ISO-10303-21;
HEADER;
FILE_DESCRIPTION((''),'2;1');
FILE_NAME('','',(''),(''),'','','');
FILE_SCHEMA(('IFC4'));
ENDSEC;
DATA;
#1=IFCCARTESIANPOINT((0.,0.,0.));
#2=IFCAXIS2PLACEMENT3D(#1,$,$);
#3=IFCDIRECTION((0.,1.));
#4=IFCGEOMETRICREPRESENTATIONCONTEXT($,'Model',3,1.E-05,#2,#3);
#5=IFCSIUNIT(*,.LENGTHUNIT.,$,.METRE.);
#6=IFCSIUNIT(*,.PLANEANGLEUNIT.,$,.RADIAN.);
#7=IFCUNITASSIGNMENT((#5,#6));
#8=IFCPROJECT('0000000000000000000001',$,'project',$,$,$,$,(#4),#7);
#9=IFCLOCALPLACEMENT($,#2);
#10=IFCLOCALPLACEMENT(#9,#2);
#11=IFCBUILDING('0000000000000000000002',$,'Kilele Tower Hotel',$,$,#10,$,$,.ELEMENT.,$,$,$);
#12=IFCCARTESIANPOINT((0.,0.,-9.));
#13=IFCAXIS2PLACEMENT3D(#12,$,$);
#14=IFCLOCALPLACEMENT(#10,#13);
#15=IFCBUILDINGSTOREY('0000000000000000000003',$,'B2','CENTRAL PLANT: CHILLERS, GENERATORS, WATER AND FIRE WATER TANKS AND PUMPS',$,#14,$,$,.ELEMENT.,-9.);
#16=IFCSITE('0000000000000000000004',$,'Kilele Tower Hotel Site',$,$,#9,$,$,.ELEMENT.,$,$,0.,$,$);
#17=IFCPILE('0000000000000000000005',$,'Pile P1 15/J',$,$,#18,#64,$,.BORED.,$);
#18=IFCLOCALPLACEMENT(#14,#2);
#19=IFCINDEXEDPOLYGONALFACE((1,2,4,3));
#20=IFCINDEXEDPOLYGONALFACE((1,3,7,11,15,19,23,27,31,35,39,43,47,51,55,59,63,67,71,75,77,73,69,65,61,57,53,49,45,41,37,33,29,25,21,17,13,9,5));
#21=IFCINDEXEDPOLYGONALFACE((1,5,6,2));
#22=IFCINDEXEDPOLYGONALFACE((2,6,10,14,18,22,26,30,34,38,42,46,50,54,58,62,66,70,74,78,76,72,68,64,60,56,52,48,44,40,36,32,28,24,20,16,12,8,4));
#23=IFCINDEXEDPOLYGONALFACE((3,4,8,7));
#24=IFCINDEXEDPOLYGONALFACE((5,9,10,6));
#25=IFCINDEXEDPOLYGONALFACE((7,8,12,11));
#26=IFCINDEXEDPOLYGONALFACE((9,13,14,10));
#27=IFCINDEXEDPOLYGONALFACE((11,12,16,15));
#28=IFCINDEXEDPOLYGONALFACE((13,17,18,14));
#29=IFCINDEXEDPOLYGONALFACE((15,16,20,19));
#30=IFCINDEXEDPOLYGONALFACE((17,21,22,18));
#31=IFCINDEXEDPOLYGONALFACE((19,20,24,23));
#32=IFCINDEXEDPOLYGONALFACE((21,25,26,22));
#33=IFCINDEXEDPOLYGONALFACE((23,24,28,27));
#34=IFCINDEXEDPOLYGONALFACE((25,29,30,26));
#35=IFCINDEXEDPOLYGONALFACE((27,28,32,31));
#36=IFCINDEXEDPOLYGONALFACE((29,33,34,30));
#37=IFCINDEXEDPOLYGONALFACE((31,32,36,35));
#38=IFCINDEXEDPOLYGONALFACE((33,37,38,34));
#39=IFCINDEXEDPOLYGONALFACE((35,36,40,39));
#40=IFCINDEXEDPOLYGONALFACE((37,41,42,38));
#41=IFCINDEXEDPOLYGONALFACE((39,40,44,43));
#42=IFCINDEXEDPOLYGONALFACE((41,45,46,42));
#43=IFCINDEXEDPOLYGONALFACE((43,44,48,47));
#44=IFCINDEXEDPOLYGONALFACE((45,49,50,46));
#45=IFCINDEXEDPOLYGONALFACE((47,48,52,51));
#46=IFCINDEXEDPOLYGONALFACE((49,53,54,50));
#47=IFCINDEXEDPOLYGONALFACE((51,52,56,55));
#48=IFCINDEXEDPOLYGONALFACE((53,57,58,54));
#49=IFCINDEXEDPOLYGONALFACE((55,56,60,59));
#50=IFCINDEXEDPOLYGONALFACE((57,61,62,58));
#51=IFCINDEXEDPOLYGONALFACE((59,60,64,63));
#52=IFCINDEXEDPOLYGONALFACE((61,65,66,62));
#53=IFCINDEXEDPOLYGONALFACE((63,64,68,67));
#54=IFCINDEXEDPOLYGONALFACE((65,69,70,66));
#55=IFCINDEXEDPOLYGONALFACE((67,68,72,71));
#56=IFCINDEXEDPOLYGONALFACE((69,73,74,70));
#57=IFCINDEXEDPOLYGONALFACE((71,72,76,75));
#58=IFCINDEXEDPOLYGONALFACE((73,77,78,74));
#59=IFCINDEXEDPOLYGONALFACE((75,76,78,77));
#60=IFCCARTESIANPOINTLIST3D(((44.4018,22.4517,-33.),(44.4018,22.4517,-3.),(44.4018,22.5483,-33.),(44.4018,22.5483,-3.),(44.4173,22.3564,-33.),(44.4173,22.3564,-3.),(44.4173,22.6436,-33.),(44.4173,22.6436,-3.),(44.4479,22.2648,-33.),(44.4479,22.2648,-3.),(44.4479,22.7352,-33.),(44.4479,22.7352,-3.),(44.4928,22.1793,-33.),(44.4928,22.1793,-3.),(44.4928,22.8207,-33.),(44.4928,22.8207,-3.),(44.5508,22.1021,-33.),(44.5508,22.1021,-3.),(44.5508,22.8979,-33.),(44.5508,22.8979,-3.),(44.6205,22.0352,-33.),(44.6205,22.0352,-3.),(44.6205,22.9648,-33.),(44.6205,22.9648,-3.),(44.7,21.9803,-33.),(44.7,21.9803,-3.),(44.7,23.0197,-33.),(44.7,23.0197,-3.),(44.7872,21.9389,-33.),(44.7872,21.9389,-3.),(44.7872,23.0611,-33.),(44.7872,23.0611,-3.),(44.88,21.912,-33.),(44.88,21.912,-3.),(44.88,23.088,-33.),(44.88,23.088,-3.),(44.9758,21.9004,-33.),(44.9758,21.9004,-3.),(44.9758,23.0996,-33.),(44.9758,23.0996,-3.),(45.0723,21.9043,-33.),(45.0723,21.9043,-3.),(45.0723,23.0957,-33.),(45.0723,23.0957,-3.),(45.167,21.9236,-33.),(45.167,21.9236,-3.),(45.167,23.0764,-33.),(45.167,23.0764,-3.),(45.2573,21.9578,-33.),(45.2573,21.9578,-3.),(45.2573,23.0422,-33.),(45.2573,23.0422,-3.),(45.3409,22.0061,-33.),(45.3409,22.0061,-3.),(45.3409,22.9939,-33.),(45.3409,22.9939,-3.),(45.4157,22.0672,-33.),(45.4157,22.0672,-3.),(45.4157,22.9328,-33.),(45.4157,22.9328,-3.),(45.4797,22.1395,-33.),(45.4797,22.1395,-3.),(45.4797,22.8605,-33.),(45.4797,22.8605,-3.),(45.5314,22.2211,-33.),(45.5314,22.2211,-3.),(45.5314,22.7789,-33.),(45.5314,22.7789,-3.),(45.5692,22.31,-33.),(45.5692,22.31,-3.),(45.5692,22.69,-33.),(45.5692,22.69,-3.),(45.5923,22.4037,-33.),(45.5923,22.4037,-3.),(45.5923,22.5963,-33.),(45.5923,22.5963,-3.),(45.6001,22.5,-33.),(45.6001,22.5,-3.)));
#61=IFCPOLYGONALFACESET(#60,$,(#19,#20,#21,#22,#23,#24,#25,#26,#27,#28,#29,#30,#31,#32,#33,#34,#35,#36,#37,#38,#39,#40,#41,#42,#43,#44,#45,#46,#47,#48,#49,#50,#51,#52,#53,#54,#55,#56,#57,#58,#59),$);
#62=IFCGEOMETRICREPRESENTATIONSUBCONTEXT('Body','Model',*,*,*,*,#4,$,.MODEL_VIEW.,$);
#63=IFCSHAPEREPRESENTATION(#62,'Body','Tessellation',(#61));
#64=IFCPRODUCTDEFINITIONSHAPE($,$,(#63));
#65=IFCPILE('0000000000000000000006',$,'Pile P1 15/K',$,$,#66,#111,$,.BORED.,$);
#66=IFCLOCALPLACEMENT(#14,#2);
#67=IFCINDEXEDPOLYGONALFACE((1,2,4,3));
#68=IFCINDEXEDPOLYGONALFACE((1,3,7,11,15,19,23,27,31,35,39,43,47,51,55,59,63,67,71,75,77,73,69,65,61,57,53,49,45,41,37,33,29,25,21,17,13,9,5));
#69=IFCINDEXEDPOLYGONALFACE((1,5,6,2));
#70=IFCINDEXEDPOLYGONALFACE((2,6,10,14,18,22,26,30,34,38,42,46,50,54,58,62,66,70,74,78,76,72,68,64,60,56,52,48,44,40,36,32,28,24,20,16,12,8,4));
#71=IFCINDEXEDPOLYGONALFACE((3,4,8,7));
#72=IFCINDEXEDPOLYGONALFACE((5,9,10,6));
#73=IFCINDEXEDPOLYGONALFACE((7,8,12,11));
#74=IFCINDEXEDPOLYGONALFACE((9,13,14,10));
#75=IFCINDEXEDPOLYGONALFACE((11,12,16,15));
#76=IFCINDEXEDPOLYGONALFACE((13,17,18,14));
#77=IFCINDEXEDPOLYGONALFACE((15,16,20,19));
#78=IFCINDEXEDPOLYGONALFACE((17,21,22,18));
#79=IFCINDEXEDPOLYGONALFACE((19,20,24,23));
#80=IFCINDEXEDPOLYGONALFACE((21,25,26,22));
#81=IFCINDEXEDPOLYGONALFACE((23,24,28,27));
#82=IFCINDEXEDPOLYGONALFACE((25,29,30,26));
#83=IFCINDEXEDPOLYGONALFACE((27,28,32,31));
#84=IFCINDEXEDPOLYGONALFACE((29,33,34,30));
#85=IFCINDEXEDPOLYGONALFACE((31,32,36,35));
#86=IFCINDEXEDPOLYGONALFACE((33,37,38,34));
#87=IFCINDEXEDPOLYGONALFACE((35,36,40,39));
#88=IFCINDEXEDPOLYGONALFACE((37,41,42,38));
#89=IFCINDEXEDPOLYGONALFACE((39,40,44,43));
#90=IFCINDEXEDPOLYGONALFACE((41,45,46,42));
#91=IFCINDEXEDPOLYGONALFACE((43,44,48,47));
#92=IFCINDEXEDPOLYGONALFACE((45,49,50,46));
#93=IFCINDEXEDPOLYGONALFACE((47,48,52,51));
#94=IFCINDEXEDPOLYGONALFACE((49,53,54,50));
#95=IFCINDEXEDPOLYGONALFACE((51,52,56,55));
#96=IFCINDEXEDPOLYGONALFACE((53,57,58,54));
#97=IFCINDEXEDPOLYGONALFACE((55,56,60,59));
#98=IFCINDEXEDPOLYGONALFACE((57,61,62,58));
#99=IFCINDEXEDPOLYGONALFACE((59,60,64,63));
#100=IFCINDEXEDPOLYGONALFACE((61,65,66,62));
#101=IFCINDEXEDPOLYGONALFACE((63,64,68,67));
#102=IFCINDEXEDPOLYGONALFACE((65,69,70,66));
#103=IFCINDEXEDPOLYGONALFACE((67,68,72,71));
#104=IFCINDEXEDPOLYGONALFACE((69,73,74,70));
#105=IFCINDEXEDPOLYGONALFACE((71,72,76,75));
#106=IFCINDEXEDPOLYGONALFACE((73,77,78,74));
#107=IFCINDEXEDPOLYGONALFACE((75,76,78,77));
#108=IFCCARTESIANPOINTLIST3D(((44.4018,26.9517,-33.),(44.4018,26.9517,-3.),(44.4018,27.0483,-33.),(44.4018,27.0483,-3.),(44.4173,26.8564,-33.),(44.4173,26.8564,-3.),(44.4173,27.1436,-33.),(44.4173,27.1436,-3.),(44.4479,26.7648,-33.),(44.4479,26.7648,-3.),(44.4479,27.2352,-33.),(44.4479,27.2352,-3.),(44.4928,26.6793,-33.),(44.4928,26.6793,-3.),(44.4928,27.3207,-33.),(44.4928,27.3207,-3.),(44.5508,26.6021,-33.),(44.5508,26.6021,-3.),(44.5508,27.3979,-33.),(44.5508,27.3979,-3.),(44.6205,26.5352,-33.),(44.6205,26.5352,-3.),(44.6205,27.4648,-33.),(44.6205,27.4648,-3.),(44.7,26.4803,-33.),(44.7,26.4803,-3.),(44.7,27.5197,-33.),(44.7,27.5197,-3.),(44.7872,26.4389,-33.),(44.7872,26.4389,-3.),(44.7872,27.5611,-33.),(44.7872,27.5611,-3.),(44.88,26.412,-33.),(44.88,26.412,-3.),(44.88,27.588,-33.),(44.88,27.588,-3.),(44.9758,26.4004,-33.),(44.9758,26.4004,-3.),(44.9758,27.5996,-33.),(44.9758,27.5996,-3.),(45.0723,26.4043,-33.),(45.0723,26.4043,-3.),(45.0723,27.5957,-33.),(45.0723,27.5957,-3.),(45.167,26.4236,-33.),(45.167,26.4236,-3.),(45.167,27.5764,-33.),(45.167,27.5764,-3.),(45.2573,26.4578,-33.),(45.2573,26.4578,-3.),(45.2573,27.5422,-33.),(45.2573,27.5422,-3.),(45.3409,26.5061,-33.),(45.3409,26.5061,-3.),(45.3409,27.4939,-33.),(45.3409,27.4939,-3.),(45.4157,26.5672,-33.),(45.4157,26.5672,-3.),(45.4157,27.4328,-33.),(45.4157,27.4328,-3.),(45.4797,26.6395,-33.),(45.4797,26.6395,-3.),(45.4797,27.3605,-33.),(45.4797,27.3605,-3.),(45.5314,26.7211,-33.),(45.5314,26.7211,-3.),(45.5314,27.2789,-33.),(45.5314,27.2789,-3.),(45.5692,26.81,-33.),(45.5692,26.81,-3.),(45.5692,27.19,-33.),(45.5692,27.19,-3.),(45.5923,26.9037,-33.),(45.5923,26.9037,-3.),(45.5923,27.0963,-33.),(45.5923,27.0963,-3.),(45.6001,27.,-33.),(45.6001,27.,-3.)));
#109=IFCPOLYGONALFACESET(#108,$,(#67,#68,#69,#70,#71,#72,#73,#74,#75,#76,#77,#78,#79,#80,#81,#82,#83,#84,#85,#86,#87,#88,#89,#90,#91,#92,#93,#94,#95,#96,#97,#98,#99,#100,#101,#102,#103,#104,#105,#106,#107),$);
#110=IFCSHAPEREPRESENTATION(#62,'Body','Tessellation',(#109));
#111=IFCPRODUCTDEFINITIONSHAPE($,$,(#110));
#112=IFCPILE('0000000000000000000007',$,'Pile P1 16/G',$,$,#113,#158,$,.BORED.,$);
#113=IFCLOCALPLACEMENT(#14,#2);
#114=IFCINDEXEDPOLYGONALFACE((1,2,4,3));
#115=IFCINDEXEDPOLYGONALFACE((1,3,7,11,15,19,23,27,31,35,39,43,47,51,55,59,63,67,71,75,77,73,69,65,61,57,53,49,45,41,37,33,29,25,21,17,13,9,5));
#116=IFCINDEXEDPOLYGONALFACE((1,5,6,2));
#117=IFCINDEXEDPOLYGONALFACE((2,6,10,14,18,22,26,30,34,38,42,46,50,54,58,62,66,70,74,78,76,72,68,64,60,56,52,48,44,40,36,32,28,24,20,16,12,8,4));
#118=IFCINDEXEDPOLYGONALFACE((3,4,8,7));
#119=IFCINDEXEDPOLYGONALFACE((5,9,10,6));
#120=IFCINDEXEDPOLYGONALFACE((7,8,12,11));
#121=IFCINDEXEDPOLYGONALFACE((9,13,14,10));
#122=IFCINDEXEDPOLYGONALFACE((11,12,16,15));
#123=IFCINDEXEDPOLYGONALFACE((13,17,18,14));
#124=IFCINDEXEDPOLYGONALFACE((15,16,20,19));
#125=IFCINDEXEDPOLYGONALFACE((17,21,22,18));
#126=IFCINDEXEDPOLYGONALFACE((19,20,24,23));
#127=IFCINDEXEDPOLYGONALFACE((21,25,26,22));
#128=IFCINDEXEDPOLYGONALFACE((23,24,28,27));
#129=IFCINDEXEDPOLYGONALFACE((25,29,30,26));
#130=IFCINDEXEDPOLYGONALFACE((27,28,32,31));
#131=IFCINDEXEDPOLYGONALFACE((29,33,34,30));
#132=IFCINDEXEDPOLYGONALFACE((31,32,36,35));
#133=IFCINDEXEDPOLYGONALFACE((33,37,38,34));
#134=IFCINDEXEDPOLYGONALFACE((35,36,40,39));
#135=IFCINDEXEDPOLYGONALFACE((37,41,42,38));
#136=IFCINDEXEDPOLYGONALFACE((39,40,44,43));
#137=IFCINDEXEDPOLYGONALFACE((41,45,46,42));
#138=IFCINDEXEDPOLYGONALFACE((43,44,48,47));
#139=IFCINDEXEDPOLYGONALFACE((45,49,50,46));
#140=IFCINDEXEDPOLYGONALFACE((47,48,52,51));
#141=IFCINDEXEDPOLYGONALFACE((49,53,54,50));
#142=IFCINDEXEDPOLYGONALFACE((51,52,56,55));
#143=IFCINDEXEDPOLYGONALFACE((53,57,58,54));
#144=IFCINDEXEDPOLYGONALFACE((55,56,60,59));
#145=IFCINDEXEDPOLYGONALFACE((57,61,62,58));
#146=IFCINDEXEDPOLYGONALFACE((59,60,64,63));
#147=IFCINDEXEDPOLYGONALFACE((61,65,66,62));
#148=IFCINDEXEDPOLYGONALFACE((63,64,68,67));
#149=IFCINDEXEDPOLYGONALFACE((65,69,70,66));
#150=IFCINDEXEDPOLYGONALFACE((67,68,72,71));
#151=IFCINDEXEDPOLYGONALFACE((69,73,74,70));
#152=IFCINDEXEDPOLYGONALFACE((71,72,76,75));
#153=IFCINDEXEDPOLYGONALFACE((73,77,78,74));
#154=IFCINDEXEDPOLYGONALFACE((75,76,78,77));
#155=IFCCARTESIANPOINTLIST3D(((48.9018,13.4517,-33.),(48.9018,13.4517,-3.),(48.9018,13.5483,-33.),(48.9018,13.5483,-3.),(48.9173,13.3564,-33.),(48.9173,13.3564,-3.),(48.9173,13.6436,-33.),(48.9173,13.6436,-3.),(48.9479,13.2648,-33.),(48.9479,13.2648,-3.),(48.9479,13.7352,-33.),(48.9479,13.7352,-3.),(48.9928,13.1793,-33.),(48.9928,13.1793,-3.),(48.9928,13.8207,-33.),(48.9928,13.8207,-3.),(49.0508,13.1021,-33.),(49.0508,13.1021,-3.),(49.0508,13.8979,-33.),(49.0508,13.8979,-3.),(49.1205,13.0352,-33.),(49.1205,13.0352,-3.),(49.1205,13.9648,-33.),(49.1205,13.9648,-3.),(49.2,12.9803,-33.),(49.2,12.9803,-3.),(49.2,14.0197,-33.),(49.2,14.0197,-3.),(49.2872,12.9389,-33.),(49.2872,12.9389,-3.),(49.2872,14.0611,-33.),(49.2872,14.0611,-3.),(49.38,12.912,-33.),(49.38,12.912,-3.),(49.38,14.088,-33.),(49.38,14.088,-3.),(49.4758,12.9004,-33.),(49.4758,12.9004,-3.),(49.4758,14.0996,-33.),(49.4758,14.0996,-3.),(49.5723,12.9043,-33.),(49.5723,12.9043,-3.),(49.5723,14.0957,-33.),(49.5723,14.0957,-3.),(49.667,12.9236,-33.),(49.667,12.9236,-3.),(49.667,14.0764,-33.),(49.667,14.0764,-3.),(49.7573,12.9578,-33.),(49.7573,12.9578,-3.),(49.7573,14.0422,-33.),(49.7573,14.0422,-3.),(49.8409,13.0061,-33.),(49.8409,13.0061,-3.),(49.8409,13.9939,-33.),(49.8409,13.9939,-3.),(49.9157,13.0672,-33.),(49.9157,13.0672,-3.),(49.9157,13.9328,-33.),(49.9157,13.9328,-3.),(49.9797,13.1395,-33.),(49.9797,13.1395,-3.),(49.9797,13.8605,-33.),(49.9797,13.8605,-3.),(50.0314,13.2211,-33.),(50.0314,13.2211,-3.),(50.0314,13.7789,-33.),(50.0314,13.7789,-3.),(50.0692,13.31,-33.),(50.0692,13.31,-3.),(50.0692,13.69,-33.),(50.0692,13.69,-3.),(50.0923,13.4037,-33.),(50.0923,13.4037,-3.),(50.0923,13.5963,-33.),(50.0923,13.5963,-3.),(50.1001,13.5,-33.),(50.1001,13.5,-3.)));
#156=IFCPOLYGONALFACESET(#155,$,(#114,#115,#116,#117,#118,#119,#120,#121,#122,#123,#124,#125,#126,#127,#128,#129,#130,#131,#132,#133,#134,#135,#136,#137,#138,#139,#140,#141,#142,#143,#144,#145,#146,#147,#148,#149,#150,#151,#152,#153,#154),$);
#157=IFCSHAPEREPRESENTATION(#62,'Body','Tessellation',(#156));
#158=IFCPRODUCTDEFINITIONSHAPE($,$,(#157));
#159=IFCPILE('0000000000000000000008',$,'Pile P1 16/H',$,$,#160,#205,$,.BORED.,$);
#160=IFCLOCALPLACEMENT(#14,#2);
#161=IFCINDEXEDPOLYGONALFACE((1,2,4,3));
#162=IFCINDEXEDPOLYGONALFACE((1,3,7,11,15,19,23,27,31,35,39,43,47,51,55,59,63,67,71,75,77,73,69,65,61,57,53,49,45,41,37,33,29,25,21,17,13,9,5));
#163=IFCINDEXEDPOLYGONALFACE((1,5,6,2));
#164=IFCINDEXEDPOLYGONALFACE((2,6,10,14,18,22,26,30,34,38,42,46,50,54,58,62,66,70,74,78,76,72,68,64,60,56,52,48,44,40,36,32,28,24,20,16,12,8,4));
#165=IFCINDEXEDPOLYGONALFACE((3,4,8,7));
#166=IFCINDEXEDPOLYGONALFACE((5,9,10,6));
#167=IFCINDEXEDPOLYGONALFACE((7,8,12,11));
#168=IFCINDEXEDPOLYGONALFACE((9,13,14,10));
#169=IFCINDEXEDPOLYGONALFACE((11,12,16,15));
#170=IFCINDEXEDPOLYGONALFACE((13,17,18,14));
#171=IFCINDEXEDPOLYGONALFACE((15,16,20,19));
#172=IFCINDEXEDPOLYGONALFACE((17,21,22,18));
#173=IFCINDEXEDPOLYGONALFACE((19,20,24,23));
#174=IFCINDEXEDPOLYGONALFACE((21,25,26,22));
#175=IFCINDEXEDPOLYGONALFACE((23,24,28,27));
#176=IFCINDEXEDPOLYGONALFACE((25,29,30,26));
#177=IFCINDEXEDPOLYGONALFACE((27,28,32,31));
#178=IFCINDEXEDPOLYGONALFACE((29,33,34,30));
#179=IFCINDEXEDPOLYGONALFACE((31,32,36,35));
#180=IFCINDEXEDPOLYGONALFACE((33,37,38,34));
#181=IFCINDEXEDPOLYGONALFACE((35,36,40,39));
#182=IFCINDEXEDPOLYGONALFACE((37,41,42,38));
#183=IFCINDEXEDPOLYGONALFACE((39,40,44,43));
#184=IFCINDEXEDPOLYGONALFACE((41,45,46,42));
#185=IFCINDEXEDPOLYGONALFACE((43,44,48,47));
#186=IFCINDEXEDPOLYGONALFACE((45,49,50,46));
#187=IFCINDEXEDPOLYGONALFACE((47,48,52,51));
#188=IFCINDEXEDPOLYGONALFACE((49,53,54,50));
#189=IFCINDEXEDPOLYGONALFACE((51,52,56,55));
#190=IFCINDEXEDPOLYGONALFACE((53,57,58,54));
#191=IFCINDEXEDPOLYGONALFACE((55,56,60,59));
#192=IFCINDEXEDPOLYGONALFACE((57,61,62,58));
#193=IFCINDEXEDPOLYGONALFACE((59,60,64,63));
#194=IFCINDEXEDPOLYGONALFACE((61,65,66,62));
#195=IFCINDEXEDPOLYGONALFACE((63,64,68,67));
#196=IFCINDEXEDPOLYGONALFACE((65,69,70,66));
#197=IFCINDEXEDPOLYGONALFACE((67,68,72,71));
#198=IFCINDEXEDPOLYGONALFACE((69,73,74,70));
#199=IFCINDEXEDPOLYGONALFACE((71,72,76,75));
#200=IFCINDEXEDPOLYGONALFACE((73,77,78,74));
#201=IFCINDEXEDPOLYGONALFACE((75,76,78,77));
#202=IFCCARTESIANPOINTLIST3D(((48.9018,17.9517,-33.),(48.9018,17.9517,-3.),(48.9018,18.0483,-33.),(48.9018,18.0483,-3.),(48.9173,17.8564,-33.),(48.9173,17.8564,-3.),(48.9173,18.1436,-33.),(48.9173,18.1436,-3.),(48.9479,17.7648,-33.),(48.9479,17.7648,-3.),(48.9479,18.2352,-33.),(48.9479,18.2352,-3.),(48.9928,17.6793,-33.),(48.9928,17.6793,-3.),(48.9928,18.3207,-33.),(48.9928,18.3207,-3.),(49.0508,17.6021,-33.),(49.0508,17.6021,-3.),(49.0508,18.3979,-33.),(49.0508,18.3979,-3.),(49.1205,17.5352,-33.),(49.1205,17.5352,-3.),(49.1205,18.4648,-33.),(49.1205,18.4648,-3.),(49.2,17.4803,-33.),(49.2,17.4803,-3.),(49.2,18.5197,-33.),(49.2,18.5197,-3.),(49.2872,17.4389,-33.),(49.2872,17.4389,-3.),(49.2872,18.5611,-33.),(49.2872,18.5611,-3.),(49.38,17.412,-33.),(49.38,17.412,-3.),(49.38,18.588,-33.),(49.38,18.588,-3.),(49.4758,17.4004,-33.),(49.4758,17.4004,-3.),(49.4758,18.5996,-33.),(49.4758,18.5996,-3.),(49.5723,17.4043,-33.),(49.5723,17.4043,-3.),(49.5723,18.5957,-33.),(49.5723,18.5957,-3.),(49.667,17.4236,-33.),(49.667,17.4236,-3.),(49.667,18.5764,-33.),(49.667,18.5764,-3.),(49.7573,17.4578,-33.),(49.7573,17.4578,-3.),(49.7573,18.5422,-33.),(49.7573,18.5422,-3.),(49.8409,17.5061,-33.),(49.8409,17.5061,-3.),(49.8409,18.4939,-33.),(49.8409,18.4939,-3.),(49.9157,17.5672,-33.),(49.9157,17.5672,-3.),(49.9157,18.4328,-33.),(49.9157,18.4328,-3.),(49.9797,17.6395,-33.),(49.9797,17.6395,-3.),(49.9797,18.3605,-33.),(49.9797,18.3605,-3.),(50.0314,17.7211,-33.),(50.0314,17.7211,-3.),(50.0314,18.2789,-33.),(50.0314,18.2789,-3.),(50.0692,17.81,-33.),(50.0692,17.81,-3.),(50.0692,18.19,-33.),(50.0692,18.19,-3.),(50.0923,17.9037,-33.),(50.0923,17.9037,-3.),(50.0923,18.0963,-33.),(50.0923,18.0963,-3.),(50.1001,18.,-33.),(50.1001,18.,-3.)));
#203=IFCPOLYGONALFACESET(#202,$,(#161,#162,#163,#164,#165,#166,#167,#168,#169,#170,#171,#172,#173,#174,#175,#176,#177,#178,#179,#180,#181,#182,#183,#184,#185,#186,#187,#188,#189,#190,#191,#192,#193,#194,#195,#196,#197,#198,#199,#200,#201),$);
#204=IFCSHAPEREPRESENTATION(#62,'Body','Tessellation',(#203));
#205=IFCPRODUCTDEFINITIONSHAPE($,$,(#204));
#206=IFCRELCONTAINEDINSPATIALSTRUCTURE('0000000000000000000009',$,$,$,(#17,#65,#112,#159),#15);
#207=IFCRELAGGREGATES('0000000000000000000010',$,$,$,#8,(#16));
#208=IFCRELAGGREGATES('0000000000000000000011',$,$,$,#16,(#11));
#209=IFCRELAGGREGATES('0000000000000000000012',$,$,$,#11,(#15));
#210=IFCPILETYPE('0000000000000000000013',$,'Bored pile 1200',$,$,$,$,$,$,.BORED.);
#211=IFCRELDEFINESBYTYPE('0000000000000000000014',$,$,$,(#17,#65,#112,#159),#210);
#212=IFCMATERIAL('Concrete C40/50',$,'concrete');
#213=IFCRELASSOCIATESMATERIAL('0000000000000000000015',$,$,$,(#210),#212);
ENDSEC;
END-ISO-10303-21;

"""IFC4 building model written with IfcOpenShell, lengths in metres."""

from ifc_helpers import new_model, si_unit, direction, frame, origin, origin_2d, place, context, subcontext, project, spatial, circle, extrude, material, material_profile, profile_set, type_object, element, save


model = new_model("IFC4")

# Units and contexts
model_context = context("Model", 3, precision=1e-05, world=origin(), true_north=direction((0.0, 1.0)))
body_context = subcontext(model_context, "Body", "Model", "MODEL_VIEW")
ifc_project = project(units=[si_unit("LENGTHUNIT", "METRE"), si_unit("PLANEANGLEUNIT", "RADIAN")], contexts=[model_context])

# Site, building, storey
site_placement = place(None, origin())
site = spatial("IfcSite", under=ifc_project, at=site_placement, Name="Kilele Tower Hotel Site", CompositionType="ELEMENT", RefElevation=0.0)
building_placement = place(site_placement, origin())
building = spatial("IfcBuilding", under=site, at=building_placement, Name="Kilele Tower Hotel", CompositionType="ELEMENT")
storey_placement = place(building_placement, frame((0.0, 0.0, -9.0)))
storey = spatial("IfcBuildingStorey", under=building, at=storey_placement, Name="B2", Description="CENTRAL PLANT: CHILLERS, GENERATORS, WATER AND FIRE WATER TANKS AND PUMPS", CompositionType="ELEMENT", Elevation=-9.0)

# Piles
ifc_material_1 = material(Name="Concrete C40/50", Category="concrete")
ifc_material_profile_1 = material_profile(ifc_material_1, circle(Radius=0.6001, at=origin_2d()))
ifc_profile_set_1 = profile_set([ifc_material_profile_1], Name="Concrete C40/50")
pile_type = type_object("IfcPileType", Name="Bored pile 1200", PredefinedType="BORED", material=ifc_profile_set_1)
for number, where, z_axis, x_axis, name in (
    (1, (45.0, 22.5, -3.0), (0.0, 0.0, -1.0), (1.0, 0.0, 0.0), "Pile P1 15/J"),
    (2, (45.0, 27.0, -3.0), (0.0, 0.0, -1.0), (1.0, 0.0, 0.0), "Pile P1 15/K"),
    (3, (49.5, 13.5, -3.0), (0.0, 0.0, -1.0), (1.0, 0.0, 0.0), "Pile P1 16/G"),
    (4, (49.5, 18.0, -3.0), (0.0, 0.0, -1.0), (1.0, 0.0, 0.0), "Pile P1 16/H"),
):
    element("IfcPile", number, at=place(storey_placement, frame(where, z_axis=z_axis, x_axis=x_axis)), inside=storey, type_object=pile_type, Name=name, PredefinedType="BORED", context=body_context, shape_type="SweptSolid", body=[
        extrude(circle(Radius=0.6001, at=origin_2d()), origin(), (0.0, 0.0, 1.0), 30.0),
    ])

save(model, "model.ifc")
